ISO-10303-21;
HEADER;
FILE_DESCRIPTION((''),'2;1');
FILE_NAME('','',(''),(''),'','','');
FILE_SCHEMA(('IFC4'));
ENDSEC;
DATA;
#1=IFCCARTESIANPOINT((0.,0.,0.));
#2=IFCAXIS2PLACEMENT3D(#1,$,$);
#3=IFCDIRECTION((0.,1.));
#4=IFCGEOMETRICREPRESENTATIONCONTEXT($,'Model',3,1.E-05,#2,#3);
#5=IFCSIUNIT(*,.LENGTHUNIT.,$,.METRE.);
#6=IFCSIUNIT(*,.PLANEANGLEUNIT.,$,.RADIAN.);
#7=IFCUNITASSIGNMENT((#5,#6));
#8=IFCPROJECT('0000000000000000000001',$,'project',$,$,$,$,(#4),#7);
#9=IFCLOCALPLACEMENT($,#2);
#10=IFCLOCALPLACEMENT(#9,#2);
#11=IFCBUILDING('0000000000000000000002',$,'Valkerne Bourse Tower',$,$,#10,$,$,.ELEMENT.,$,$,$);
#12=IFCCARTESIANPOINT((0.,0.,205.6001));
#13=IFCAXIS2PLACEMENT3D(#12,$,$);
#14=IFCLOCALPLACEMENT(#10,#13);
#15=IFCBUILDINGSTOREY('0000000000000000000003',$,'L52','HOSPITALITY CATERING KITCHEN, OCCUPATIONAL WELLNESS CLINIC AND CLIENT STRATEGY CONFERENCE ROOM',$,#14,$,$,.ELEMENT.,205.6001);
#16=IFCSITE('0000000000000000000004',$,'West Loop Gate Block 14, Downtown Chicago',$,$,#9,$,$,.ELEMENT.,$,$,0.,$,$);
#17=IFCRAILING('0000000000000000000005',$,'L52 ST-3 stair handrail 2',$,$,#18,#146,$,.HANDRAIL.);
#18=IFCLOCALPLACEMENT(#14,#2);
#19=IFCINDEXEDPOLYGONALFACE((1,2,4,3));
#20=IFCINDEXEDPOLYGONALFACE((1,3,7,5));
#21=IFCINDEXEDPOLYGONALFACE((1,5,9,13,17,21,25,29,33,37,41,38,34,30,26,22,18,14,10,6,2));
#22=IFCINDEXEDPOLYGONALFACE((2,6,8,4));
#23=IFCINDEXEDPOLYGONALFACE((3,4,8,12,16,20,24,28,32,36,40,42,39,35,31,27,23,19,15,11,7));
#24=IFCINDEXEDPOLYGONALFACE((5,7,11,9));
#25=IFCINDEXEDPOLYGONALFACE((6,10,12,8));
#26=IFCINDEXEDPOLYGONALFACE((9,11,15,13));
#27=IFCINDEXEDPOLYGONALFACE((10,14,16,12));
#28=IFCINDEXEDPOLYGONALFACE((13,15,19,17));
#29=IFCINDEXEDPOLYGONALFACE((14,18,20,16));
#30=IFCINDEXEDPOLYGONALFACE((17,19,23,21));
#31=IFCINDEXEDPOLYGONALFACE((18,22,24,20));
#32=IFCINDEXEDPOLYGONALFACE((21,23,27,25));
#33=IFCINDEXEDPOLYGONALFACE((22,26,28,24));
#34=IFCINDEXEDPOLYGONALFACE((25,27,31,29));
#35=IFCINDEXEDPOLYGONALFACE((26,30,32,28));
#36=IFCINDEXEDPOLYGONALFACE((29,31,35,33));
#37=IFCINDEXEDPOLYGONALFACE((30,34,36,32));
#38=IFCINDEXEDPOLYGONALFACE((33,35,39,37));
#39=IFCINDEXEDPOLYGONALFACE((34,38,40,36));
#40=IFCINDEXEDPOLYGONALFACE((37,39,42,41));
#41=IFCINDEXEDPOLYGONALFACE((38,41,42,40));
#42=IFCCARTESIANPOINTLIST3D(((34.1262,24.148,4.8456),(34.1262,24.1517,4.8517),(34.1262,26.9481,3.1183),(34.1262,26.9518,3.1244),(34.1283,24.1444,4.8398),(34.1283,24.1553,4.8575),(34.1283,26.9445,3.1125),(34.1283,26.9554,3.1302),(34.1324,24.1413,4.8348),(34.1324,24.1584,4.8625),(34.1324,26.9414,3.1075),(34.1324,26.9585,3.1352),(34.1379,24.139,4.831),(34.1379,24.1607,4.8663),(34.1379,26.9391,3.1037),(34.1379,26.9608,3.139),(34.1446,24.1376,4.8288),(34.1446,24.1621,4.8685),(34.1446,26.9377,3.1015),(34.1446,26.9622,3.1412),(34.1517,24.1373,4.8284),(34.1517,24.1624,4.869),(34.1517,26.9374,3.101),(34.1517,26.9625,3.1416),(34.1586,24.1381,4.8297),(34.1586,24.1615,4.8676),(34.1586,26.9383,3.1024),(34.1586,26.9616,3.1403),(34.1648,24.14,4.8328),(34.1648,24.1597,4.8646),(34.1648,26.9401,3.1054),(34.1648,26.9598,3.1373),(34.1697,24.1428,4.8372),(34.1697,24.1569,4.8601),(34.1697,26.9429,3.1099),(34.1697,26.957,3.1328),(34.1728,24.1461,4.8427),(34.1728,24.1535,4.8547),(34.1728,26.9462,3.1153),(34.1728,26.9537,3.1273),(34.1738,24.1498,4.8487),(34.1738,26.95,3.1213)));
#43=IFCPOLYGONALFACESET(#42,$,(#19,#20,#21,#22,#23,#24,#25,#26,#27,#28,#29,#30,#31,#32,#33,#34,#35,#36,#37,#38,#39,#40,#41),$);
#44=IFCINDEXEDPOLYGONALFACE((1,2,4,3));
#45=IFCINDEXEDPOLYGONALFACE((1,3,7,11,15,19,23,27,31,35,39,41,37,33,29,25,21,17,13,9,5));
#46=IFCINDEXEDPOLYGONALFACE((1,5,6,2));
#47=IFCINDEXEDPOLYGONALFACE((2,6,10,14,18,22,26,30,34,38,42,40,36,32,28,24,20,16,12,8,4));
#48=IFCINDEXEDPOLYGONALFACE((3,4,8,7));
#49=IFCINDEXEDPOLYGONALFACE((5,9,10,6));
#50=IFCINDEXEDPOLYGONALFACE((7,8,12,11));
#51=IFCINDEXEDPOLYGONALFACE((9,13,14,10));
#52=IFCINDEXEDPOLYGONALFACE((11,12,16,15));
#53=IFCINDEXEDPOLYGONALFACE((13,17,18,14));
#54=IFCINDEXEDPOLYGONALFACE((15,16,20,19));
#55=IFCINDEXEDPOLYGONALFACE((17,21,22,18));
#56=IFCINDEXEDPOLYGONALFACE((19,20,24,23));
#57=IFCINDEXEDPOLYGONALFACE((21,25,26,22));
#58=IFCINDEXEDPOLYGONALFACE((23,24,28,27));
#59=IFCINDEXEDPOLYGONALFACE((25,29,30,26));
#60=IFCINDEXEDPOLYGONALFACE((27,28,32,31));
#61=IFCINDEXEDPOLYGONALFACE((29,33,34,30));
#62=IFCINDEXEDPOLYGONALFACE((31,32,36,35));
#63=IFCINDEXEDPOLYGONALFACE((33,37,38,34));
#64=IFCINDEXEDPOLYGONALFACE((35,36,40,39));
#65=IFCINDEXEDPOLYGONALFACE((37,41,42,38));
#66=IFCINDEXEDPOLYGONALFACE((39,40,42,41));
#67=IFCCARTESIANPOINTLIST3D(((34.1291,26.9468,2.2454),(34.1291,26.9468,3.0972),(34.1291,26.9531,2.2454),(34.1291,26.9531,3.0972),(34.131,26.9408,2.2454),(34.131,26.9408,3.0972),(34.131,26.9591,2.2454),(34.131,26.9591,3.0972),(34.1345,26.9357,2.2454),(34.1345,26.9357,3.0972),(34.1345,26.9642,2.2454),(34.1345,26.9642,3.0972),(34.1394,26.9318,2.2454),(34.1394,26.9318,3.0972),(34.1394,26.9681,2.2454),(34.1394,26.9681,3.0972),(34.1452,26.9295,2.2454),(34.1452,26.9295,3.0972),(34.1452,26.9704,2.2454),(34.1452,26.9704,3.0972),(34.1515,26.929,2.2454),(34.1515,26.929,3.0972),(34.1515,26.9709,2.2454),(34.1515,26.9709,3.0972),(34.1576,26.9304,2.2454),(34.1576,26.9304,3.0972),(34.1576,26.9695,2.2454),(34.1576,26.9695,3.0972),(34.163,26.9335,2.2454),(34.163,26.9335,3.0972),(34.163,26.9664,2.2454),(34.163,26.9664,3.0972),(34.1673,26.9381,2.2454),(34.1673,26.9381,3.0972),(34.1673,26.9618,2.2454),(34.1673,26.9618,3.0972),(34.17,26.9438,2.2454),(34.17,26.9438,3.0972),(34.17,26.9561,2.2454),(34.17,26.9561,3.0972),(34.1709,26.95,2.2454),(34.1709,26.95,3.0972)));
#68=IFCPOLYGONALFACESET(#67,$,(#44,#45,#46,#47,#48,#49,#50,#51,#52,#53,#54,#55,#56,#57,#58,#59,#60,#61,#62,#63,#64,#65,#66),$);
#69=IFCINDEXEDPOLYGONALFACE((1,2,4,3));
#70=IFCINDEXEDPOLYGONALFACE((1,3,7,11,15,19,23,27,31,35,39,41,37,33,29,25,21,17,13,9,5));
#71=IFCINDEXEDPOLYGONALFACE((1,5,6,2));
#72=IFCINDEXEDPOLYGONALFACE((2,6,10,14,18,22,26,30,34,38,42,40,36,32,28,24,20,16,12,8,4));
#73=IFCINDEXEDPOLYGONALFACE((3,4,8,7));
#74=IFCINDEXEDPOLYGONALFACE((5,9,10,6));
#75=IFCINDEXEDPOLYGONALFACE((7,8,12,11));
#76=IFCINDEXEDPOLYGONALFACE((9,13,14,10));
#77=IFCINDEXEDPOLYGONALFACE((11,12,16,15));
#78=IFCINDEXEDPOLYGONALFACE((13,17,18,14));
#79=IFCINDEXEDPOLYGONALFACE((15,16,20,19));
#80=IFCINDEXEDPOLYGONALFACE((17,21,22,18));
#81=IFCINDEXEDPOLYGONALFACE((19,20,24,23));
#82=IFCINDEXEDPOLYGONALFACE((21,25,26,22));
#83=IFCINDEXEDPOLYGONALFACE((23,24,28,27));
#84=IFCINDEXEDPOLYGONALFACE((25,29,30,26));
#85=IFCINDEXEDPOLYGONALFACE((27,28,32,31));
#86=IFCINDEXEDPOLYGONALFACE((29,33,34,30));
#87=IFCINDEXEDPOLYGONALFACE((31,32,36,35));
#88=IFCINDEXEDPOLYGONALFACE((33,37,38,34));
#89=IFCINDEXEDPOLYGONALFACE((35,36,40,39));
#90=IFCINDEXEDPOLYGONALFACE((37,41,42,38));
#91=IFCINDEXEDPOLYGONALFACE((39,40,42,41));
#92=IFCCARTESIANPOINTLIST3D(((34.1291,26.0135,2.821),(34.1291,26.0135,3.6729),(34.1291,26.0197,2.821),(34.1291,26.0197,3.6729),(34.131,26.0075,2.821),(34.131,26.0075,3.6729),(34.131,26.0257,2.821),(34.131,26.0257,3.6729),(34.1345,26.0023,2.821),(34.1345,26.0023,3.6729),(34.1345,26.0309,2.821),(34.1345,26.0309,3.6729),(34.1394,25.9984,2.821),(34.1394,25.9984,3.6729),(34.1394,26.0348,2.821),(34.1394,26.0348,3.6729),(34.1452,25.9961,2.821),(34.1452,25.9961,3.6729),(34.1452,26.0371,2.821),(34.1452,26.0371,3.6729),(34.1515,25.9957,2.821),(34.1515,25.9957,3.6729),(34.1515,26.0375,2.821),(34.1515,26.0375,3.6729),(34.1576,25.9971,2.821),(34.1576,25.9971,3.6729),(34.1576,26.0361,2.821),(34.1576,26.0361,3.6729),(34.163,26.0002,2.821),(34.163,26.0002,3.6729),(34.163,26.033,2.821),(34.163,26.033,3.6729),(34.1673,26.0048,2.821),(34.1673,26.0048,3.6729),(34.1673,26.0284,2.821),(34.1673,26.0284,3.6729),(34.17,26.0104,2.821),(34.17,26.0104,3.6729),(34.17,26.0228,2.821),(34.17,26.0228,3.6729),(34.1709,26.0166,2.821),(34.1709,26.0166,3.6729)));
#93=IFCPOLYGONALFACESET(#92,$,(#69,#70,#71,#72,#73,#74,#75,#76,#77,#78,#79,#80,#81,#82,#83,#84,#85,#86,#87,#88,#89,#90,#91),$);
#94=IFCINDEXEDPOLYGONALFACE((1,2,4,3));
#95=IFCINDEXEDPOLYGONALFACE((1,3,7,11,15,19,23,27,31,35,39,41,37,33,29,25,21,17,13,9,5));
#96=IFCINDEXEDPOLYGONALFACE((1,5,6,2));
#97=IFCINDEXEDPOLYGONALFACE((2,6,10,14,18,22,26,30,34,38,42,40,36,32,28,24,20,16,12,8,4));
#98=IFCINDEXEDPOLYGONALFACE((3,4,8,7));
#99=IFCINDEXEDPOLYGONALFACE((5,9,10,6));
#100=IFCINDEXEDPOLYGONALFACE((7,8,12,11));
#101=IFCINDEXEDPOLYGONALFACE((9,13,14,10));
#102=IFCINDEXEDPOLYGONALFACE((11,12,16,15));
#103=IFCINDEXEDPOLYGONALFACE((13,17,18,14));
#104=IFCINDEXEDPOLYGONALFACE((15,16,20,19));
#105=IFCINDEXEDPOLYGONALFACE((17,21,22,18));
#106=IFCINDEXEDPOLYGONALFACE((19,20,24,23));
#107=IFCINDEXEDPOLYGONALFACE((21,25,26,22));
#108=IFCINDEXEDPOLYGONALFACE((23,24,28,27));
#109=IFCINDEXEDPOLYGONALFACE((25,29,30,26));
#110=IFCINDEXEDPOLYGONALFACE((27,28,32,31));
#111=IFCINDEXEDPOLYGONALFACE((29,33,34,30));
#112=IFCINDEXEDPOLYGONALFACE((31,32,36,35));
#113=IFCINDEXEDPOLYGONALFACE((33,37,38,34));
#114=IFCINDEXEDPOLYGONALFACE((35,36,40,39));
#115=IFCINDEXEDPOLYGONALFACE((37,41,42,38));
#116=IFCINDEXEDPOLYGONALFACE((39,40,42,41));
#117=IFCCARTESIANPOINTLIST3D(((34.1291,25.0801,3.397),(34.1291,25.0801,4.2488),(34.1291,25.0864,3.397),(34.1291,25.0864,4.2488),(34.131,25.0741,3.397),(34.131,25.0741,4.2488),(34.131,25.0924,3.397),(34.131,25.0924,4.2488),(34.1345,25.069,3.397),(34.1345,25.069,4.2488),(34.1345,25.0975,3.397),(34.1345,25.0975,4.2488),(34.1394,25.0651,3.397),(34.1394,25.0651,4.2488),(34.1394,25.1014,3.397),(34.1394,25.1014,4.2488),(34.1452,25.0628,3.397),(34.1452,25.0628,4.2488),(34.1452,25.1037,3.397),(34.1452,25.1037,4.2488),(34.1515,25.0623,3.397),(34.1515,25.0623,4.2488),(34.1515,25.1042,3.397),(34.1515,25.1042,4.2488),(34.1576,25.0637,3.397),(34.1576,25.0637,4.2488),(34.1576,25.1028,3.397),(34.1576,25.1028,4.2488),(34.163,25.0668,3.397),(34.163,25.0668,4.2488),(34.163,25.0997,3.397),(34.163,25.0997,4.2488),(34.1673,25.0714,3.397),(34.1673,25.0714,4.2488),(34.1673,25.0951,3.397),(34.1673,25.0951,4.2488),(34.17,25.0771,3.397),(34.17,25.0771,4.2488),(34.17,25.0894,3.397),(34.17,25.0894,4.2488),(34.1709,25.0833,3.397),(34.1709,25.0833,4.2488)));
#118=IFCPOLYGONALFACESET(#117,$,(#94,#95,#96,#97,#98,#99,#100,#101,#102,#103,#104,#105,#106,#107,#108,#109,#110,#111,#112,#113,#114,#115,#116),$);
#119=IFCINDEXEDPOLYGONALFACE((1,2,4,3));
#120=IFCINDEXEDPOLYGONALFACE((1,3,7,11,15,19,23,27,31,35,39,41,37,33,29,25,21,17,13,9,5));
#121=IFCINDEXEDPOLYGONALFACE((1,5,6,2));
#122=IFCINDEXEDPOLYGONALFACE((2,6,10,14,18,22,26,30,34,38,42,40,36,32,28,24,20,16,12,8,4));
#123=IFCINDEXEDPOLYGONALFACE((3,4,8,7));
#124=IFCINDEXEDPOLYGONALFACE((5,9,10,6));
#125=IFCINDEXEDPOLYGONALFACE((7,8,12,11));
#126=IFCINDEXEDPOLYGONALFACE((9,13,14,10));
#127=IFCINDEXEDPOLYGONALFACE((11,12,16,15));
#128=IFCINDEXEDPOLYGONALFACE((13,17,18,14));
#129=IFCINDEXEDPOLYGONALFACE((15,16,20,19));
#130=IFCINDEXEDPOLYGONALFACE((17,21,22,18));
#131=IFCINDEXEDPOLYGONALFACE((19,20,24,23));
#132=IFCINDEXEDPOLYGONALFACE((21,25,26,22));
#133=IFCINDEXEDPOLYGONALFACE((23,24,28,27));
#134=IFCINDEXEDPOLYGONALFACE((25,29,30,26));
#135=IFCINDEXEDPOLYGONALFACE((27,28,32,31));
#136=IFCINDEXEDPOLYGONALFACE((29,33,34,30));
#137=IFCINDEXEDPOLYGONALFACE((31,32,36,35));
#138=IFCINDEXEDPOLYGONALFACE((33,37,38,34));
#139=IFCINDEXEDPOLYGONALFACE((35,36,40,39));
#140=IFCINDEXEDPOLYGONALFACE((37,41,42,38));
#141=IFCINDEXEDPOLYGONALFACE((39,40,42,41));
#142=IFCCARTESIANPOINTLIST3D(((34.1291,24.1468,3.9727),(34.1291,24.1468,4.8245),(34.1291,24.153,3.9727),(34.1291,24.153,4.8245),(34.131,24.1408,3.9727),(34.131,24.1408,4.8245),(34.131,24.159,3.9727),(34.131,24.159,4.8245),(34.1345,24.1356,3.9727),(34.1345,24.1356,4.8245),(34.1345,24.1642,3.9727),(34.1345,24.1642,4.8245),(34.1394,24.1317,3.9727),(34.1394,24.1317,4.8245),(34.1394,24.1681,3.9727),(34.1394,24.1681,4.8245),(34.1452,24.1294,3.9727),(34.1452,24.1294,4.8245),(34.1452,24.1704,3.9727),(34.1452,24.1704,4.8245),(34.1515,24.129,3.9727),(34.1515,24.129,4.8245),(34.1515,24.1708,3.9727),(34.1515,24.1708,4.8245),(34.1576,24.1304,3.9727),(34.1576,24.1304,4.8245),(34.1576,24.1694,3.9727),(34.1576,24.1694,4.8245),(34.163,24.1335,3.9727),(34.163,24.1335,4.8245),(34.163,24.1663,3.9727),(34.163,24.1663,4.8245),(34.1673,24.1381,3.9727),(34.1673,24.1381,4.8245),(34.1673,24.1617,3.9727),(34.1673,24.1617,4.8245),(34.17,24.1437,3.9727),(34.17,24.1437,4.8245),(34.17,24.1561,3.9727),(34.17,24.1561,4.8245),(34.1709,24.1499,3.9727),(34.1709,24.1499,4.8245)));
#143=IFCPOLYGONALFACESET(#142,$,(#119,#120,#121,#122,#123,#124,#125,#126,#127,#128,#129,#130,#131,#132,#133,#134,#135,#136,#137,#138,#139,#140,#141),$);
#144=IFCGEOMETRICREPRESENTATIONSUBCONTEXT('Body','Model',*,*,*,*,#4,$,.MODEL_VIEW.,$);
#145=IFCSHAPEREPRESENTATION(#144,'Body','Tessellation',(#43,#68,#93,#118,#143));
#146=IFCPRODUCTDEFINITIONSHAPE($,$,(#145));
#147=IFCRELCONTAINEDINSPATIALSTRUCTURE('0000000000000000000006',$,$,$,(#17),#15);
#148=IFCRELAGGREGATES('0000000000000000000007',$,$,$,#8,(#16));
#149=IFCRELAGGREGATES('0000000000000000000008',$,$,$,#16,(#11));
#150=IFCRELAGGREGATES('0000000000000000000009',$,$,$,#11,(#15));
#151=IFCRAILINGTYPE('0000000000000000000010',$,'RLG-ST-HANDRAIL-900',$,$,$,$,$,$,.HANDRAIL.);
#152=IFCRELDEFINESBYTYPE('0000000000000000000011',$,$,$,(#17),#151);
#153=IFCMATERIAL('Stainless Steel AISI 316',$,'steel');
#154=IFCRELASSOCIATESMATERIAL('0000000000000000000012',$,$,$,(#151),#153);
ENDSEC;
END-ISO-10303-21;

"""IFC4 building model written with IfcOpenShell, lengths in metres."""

from ifc_helpers import new_model, si_unit, direction, frame, origin, origin_2d, place, context, subcontext, project, spatial, circle, extrude, material, type_object, element, save


model = new_model("IFC4")

# Units and contexts
model_context = context("Model", 3, precision=1e-05, world=origin(), true_north=direction((0.0, 1.0)))
body_context = subcontext(model_context, "Body", "Model", "MODEL_VIEW")
ifc_project = project(units=[si_unit("LENGTHUNIT", "METRE"), si_unit("PLANEANGLEUNIT", "RADIAN")], contexts=[model_context])

# Site, building, storey
site_placement = place(None, origin())
site = spatial("IfcSite", under=ifc_project, at=site_placement, Name="West Loop Gate Block 14, Downtown Chicago", CompositionType="ELEMENT", RefElevation=0.0)
building_placement = place(site_placement, origin())
building = spatial("IfcBuilding", under=site, at=building_placement, Name="Valkerne Bourse Tower", CompositionType="ELEMENT")
storey_placement = place(building_placement, frame((0.0, 0.0, 205.6001)))
storey = spatial("IfcBuildingStorey", under=building, at=storey_placement, Name="L52", Description="HOSPITALITY CATERING KITCHEN, OCCUPATIONAL WELLNESS CLINIC AND CLIENT STRATEGY CONFERENCE ROOM", CompositionType="ELEMENT", Elevation=205.6001)

# Railing
ifc_material_1 = material(Name="Stainless Steel AISI 316", Category="steel")
railing_type_1 = type_object("IfcRailingType", Name="RLG-ST-HANDRAIL-900", PredefinedType="HANDRAIL", material=ifc_material_1)
railing_1_placement = place(storey_placement, frame((34.1499, 26.95, 2.2454)))
element("IfcRailing", 1, at=railing_1_placement, inside=storey, type_object=railing_type_1, Name="L52 ST-3 stair handrail 2", PredefinedType="HANDRAIL", context=body_context, shape_type="SweptSolid", body=[
    extrude(circle(Radius=0.0239, at=origin_2d()), frame((0.0, 0.0, 0.876), z_axis=(0.0, -0.85109, 0.52502), x_axis=(1.0, 0.0, 0.0)), (0.0, 0.0, 1.0), 3.29),
    extrude(circle(Radius=0.021, at=origin_2d()), origin(), (0.0, 0.0, 1.0), 0.8518),
    extrude(circle(Radius=0.021, at=origin_2d()), frame((0.0, -0.9333, 0.5757)), (0.0, 0.0, 1.0), 0.8518),
    extrude(circle(Radius=0.021, at=origin_2d()), frame((0.0, -1.8667, 1.1516)), (0.0, 0.0, 1.0), 0.8518),
    extrude(circle(Radius=0.021, at=origin_2d()), frame((0.0, -2.8, 1.7273)), (0.0, 0.0, 1.0), 0.8518),
])

save(model, "model.ifc")
